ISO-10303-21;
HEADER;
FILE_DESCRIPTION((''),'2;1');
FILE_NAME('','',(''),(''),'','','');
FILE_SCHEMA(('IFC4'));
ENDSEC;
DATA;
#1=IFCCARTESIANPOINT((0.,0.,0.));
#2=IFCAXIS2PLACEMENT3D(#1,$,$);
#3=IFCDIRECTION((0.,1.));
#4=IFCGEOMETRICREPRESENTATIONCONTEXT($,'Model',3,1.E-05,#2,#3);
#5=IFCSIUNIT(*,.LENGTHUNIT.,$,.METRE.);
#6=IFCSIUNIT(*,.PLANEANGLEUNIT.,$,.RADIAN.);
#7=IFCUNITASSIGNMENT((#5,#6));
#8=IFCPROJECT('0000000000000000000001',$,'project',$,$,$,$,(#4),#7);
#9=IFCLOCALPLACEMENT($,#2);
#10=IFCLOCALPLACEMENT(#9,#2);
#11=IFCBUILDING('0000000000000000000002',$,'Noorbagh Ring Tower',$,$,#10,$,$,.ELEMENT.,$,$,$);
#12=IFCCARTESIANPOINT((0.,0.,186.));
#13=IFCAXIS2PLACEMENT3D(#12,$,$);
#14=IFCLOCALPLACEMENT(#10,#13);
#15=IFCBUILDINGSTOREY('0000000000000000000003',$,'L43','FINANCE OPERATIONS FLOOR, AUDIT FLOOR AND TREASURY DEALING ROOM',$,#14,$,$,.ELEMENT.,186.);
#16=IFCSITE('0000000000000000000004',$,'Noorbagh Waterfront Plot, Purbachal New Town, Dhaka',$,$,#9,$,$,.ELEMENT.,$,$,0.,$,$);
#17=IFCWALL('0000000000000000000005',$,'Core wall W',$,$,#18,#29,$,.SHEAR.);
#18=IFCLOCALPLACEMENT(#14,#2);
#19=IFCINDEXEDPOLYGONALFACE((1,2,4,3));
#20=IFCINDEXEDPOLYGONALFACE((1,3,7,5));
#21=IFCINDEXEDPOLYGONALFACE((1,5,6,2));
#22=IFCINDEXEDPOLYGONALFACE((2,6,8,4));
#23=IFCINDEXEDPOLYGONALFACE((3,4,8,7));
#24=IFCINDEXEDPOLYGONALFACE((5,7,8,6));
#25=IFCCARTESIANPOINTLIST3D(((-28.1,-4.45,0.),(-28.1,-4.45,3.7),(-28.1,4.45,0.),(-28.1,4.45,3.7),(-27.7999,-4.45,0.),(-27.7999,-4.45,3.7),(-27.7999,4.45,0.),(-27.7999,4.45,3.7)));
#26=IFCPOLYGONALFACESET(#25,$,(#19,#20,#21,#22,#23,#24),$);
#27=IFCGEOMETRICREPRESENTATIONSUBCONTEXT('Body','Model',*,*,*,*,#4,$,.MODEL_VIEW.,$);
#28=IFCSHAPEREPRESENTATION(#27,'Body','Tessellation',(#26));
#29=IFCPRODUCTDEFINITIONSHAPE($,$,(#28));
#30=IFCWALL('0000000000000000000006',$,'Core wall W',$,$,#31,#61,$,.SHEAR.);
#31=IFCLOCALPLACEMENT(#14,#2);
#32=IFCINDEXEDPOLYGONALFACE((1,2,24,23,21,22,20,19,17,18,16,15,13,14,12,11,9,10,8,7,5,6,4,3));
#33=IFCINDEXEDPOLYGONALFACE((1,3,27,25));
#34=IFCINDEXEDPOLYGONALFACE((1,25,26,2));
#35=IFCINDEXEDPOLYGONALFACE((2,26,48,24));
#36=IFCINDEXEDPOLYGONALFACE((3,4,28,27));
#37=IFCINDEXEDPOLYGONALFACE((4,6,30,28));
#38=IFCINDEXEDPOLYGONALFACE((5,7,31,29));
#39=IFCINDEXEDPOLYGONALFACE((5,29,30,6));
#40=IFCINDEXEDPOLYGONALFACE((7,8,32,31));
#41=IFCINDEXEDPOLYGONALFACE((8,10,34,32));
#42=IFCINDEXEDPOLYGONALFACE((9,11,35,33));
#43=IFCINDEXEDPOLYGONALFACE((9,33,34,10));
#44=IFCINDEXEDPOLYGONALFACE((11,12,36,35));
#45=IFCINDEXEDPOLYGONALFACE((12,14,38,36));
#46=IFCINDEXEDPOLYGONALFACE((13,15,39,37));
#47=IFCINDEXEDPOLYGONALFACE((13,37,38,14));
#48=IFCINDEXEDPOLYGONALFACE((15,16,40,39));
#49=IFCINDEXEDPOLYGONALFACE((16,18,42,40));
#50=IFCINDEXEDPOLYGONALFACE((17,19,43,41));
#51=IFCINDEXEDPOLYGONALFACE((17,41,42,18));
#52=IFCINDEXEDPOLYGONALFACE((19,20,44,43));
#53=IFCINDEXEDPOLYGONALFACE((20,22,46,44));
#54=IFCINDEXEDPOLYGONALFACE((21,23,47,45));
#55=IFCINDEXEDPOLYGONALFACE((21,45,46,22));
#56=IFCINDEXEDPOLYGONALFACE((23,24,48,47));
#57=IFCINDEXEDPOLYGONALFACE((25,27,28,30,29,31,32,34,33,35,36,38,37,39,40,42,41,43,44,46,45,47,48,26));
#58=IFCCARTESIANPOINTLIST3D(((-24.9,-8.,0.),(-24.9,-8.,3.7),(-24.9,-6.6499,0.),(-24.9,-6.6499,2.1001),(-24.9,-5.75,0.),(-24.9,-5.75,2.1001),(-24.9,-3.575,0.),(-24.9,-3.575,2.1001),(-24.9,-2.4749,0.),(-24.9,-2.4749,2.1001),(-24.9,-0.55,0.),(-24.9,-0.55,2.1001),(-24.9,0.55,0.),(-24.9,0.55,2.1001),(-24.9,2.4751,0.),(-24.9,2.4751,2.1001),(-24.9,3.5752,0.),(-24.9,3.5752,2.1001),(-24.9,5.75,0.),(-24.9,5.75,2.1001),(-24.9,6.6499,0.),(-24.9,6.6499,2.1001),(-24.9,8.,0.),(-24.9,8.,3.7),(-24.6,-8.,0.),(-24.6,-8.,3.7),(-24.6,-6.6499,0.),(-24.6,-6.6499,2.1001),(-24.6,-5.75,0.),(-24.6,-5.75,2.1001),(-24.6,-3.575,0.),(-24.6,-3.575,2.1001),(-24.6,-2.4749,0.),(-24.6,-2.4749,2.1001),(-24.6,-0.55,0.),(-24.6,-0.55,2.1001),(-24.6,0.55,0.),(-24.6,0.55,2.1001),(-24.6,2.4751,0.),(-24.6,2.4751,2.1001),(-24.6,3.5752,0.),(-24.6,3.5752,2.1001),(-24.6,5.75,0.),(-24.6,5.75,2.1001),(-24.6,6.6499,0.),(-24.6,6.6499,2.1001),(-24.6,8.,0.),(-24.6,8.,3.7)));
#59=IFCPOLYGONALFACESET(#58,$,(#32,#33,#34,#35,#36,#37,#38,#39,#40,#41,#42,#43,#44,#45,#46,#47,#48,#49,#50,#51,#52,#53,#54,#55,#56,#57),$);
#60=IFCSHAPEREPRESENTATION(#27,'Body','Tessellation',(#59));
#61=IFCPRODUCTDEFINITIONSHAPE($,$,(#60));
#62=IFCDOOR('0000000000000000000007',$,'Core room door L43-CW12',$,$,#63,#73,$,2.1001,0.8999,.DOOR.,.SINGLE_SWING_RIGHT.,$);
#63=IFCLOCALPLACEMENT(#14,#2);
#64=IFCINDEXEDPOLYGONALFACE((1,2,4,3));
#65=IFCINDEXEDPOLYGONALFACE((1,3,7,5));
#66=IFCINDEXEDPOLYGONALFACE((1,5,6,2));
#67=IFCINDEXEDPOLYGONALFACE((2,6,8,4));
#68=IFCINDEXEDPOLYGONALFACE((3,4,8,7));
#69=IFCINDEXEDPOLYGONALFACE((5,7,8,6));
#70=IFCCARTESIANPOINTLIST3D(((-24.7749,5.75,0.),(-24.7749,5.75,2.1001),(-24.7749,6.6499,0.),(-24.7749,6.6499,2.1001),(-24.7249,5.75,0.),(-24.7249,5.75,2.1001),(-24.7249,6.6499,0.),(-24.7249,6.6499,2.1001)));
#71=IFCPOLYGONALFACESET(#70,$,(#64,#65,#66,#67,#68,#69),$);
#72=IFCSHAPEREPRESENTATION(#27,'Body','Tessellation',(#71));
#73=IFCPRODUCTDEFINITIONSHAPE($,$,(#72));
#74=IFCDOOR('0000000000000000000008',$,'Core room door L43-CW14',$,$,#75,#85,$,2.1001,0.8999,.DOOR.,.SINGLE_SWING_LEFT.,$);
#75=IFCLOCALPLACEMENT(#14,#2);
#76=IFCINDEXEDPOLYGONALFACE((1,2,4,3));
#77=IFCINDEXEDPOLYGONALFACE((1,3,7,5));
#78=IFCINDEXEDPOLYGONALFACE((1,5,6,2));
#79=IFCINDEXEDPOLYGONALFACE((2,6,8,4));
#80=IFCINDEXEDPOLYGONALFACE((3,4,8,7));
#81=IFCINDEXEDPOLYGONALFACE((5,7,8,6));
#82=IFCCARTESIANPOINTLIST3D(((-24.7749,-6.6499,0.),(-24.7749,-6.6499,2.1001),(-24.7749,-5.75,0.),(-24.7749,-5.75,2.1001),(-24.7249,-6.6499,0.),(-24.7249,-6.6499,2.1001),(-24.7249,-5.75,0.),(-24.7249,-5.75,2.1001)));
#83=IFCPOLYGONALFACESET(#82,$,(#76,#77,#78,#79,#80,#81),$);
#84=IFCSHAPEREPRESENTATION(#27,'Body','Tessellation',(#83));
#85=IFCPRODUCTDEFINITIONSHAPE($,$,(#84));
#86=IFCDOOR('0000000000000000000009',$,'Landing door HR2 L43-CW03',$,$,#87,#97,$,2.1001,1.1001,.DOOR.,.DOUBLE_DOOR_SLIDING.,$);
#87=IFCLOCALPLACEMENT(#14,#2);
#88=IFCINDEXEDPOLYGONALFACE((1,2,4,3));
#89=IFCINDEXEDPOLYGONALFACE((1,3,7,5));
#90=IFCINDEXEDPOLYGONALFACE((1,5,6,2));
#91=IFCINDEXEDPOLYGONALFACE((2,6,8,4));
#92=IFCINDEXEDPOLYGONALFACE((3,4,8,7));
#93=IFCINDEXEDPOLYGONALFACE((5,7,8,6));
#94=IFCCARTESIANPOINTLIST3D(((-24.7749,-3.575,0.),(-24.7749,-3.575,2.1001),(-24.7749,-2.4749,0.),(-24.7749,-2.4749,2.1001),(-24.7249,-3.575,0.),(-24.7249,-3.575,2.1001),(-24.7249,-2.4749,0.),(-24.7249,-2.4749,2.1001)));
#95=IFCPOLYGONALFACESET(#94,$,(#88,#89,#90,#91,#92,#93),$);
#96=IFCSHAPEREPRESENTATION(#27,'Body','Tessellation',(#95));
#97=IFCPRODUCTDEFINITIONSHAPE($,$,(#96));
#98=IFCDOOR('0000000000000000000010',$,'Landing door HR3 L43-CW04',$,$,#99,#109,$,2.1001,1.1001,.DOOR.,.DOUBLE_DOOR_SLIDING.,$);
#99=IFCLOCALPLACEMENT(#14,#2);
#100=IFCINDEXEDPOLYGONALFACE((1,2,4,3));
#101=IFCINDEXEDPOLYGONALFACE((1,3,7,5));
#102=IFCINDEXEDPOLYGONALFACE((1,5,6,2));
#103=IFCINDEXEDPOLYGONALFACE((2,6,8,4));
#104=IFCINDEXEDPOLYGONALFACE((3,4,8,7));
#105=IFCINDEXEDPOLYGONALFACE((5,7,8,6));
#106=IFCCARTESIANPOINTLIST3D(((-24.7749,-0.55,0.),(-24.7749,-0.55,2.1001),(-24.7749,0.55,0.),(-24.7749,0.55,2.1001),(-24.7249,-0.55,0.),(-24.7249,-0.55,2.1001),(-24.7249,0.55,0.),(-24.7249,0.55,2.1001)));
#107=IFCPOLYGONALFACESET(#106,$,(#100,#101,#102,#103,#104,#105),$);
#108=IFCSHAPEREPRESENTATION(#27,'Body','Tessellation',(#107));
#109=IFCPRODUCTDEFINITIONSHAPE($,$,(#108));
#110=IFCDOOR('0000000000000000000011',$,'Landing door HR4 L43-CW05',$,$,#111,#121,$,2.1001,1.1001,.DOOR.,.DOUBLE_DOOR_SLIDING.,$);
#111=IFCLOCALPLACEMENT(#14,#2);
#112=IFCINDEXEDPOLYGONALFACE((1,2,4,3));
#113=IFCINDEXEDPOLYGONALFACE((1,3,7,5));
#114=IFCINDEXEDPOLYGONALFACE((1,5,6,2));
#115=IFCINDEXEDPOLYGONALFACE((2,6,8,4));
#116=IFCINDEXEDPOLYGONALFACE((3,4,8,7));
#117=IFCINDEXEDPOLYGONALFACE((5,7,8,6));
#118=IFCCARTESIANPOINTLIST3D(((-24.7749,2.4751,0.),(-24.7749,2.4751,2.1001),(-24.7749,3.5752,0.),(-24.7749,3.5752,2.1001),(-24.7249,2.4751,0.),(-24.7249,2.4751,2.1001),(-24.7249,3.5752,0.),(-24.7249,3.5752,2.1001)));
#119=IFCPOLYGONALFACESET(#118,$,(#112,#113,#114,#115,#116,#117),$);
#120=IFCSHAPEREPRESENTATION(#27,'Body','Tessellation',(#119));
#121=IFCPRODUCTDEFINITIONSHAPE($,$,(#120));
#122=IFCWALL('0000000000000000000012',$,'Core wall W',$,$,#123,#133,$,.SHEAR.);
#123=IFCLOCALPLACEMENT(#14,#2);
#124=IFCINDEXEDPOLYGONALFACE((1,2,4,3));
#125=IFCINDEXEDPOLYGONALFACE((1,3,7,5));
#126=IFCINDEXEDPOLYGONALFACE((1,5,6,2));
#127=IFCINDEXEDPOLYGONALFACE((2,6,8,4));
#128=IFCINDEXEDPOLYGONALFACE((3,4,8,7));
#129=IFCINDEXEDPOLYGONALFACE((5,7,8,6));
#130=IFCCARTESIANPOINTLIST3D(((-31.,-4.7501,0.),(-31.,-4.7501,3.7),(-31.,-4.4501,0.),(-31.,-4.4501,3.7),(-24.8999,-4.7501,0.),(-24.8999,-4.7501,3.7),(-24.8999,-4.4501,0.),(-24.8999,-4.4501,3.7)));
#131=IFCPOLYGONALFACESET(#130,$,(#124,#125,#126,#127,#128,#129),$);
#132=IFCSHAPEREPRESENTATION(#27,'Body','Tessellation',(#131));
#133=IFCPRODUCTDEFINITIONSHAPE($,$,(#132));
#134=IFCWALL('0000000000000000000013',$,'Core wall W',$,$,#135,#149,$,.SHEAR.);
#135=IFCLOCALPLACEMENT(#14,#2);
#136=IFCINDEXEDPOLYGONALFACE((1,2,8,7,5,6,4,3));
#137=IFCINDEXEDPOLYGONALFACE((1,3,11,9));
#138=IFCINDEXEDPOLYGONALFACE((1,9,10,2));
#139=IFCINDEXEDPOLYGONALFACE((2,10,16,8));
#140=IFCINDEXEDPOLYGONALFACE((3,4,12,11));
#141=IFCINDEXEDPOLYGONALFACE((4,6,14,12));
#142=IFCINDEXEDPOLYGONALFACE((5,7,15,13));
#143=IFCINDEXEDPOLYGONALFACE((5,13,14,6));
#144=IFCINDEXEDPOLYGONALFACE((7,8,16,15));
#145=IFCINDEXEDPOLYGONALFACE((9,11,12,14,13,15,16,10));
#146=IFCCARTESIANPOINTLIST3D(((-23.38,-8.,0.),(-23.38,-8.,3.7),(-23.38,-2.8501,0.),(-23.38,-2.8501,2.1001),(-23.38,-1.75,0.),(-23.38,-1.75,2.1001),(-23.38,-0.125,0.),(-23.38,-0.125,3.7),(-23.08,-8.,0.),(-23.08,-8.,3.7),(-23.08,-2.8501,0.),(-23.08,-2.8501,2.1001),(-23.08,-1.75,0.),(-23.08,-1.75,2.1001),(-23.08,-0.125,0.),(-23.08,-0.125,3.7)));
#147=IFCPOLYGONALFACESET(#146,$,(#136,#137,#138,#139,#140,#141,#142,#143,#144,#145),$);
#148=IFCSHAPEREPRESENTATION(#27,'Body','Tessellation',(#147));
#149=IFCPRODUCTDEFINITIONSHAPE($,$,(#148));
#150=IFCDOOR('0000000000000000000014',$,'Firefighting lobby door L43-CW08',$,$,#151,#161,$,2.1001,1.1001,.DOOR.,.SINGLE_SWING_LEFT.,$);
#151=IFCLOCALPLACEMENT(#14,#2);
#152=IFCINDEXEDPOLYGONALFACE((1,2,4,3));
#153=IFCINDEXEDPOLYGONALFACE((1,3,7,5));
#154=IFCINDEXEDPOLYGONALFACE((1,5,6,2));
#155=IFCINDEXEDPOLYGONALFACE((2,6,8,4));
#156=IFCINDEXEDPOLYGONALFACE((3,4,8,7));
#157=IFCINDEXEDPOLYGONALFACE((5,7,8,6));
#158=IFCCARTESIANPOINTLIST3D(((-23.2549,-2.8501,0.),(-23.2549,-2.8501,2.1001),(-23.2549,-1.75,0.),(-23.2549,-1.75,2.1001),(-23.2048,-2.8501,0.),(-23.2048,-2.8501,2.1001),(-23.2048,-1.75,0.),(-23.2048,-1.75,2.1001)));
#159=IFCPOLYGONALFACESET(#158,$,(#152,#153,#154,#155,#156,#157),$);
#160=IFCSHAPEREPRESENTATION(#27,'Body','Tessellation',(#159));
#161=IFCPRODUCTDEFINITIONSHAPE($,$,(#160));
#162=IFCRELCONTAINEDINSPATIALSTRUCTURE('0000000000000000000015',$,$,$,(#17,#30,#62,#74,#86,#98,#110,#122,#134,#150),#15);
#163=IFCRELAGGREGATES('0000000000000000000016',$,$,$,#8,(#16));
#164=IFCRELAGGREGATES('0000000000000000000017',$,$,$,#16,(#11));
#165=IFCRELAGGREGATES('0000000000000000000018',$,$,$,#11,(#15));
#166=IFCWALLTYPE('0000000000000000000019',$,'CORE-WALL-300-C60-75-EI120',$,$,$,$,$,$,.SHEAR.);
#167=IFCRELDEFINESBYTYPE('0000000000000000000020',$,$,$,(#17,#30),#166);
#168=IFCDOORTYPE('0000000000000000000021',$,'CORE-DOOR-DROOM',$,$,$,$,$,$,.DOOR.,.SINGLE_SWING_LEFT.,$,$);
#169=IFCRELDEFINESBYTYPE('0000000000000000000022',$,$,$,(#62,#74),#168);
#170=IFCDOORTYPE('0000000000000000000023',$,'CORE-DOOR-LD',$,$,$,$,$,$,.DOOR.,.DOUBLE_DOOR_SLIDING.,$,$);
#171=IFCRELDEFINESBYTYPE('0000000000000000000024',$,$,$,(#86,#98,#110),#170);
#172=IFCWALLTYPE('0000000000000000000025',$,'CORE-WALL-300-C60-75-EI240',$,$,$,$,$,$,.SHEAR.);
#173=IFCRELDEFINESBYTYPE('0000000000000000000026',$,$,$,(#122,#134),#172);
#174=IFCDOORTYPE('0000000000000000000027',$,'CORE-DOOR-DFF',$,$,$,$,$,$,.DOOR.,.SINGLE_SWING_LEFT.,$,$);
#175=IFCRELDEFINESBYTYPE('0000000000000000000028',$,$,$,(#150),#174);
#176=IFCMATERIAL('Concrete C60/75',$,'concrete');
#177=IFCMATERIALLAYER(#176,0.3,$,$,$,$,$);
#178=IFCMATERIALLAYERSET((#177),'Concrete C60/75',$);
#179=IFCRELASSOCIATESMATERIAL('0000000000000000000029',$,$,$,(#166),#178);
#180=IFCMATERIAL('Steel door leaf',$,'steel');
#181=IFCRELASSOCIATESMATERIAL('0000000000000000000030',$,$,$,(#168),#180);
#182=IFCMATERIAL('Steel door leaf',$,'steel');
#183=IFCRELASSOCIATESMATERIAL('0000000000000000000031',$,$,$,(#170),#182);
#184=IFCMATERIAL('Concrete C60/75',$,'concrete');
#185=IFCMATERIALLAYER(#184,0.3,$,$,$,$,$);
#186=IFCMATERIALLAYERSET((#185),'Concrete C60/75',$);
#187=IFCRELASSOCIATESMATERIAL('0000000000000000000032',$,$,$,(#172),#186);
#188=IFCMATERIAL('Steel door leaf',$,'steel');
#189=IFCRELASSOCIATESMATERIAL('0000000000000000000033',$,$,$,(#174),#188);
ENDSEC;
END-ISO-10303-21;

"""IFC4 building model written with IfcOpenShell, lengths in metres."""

from ifc_helpers import new_model, si_unit, direction, frame, frame_2d, origin, place, context, subcontext, project, spatial, rectangle, extrude, material, layer, layer_set, type_object, element, fill, save


model = new_model("IFC4")

# Units and contexts
model_context = context("Model", 3, precision=1e-05, world=origin(), true_north=direction((0.0, 1.0)))
body_context = subcontext(model_context, "Body", "Model", "MODEL_VIEW")
ifc_project = project(units=[si_unit("LENGTHUNIT", "METRE"), si_unit("PLANEANGLEUNIT", "RADIAN")], contexts=[model_context])

# Site, building, storey
site_placement = place(None, origin())
site = spatial("IfcSite", under=ifc_project, at=site_placement, Name="Noorbagh Waterfront Plot, Purbachal New Town, Dhaka", CompositionType="ELEMENT", RefElevation=0.0)
building_placement = place(site_placement, origin())
building = spatial("IfcBuilding", under=site, at=building_placement, Name="Noorbagh Ring Tower", CompositionType="ELEMENT")
storey_placement = place(building_placement, frame((0.0, 0.0, 186.0)))
storey = spatial("IfcBuildingStorey", under=building, at=storey_placement, Name="L43", Description="FINANCE OPERATIONS FLOOR, AUDIT FLOOR AND TREASURY DEALING ROOM", CompositionType="ELEMENT", Elevation=186.0)

# Wall
ifc_material_1 = material(Name="Concrete C60/75", Category="concrete")
ifc_layer_1 = layer(ifc_material_1, 0.3)
ifc_layer_set_1 = layer_set([ifc_layer_1], Name="Concrete C60/75")
wall_type_1 = type_object("IfcWallType", Name="CORE-WALL-300-C60-75-EI120", PredefinedType="SHEAR", material=ifc_layer_set_1)
wall_1_placement = place(storey_placement, frame((-27.95, -4.45, 0.0), z_axis=(0.0, 0.0, 1.0), x_axis=(0.0, 1.0, 0.0)))
element("IfcWall", 1, at=wall_1_placement, inside=storey, type_object=wall_type_1, Name="Core wall W", PredefinedType="SHEAR", context=body_context, shape_type="SweptSolid", body=[
    extrude(rectangle(XDim=8.8999, YDim=0.3, at=frame_2d((4.45, 0.0))), origin(), (0.0, 0.0, 1.0), 3.7),
])

# Wall, openings, doors
wall_2_placement = place(storey_placement, frame((-24.75, -8.0, 0.0), z_axis=(0.0, 0.0, 1.0), x_axis=(0.0, 1.0, 0.0)))
wall_2 = element("IfcWall", 2, at=wall_2_placement, inside=storey, type_object=wall_type_1, Name="Core wall W", PredefinedType="SHEAR", context=body_context, shape_type="SweptSolid", body=[
    extrude(rectangle(XDim=16.0, YDim=0.3, at=frame_2d((8.0, 0.0))), origin(), (0.0, 0.0, 1.0), 3.7),
])
opening_1_placement = place(wall_2_placement, frame((4.425, 0.0, 0.0)))
opening_1 = element("IfcOpeningElement", 3, at=opening_1_placement, cuts=wall_2, PredefinedType="OPENING", context=body_context, shape_type="SweptSolid", body=[
    extrude(rectangle(XDim=1.1001, YDim=2.1001, at=frame_2d((0.55, 1.05))), frame((0.0, 0.1602, 0.0), z_axis=(0.0, -1.0, 0.0), x_axis=(1.0, 0.0, 0.0)), (0.0, 0.0, 1.0), 0.3201),
])
opening_2_placement = place(wall_2_placement, frame((7.45, 0.0, 0.0)))
opening_2 = element("IfcOpeningElement", 4, at=opening_2_placement, cuts=wall_2, PredefinedType="OPENING", context=body_context, shape_type="SweptSolid", body=[
    extrude(rectangle(XDim=1.1001, YDim=2.1001, at=frame_2d((0.55, 1.05))), frame((0.0, 0.1602, 0.0), z_axis=(0.0, -1.0, 0.0), x_axis=(1.0, 0.0, 0.0)), (0.0, 0.0, 1.0), 0.3201),
])
opening_3_placement = place(wall_2_placement, frame((10.4751, 0.0, 0.0)))
opening_3 = element("IfcOpeningElement", 5, at=opening_3_placement, cuts=wall_2, PredefinedType="OPENING", context=body_context, shape_type="SweptSolid", body=[
    extrude(rectangle(XDim=1.1001, YDim=2.1001, at=frame_2d((0.55, 1.05))), frame((0.0, 0.1602, 0.0), z_axis=(0.0, -1.0, 0.0), x_axis=(1.0, 0.0, 0.0)), (0.0, 0.0, 1.0), 0.3201),
])
opening_4_placement = place(wall_2_placement, frame((13.75, 0.0, 0.0)))
opening_4 = element("IfcOpeningElement", 6, at=opening_4_placement, cuts=wall_2, PredefinedType="OPENING", context=body_context, shape_type="SweptSolid", body=[
    extrude(rectangle(XDim=0.8999, YDim=2.1001, at=frame_2d((0.45, 1.05))), frame((0.0, 0.1602, 0.0), z_axis=(0.0, -1.0, 0.0), x_axis=(1.0, 0.0, 0.0)), (0.0, 0.0, 1.0), 0.3201),
])
opening_5_placement = place(wall_2_placement, frame((1.3501, 0.0, 0.0)))
opening_5 = element("IfcOpeningElement", 7, at=opening_5_placement, cuts=wall_2, PredefinedType="OPENING", context=body_context, shape_type="SweptSolid", body=[
    extrude(rectangle(XDim=0.8999, YDim=2.1001, at=frame_2d((0.45, 1.05))), frame((0.0, 0.1602, 0.0), z_axis=(0.0, -1.0, 0.0), x_axis=(1.0, 0.0, 0.0)), (0.0, 0.0, 1.0), 0.3201),
])
ifc_material_2 = material(Name="Steel door leaf", Category="steel")
door_type_1 = type_object("IfcDoorType", Name="CORE-DOOR-DROOM", OperationType="SINGLE_SWING_LEFT", PredefinedType="DOOR", material=ifc_material_2)
door_1_placement = place(opening_4_placement, origin())
door_1 = element("IfcDoor", 8, at=door_1_placement, inside=storey, type_object=door_type_1, Name="Core room door L43-CW12", OperationType="SINGLE_SWING_RIGHT", OverallHeight=2.1001, OverallWidth=0.8999, PredefinedType="DOOR", context=body_context, shape_type="SweptSolid", body=[
    extrude(rectangle(XDim=0.8999, YDim=2.1001, at=frame_2d((0.45, 1.05))), frame((0.0, 0.0249, 0.0), z_axis=(0.0, -1.0, 0.0), x_axis=(1.0, 0.0, 0.0)), (0.0, 0.0, 1.0), 0.05),
])
fill(opening_4, door_1)
door_2_placement = place(opening_5_placement, origin())
door_2 = element("IfcDoor", 9, at=door_2_placement, inside=storey, type_object=door_type_1, Name="Core room door L43-CW14", OperationType="SINGLE_SWING_LEFT", OverallHeight=2.1001, OverallWidth=0.8999, PredefinedType="DOOR", context=body_context, shape_type="SweptSolid", body=[
    extrude(rectangle(XDim=0.8999, YDim=2.1001, at=frame_2d((0.45, 1.05))), frame((0.0, 0.0249, 0.0), z_axis=(0.0, -1.0, 0.0), x_axis=(1.0, 0.0, 0.0)), (0.0, 0.0, 1.0), 0.05),
])
fill(opening_5, door_2)
ifc_material_3 = material(Name="Steel door leaf", Category="steel")
door_type_2 = type_object("IfcDoorType", Name="CORE-DOOR-LD", OperationType="DOUBLE_DOOR_SLIDING", PredefinedType="DOOR", material=ifc_material_3)
door_3_placement = place(opening_1_placement, origin())
door_3 = element("IfcDoor", 10, at=door_3_placement, inside=storey, type_object=door_type_2, Name="Landing door HR2 L43-CW03", OperationType="DOUBLE_DOOR_SLIDING", OverallHeight=2.1001, OverallWidth=1.1001, PredefinedType="DOOR", context=body_context, shape_type="SweptSolid", body=[
    extrude(rectangle(XDim=1.1001, YDim=2.1001, at=frame_2d((0.55, 1.05))), frame((0.0, 0.0249, 0.0), z_axis=(0.0, -1.0, 0.0), x_axis=(1.0, 0.0, 0.0)), (0.0, 0.0, 1.0), 0.05),
])
fill(opening_1, door_3)
door_4_placement = place(opening_2_placement, origin())
door_4 = element("IfcDoor", 11, at=door_4_placement, inside=storey, type_object=door_type_2, Name="Landing door HR3 L43-CW04", OperationType="DOUBLE_DOOR_SLIDING", OverallHeight=2.1001, OverallWidth=1.1001, PredefinedType="DOOR", context=body_context, shape_type="SweptSolid", body=[
    extrude(rectangle(XDim=1.1001, YDim=2.1001, at=frame_2d((0.55, 1.05))), frame((0.0, 0.0249, 0.0), z_axis=(0.0, -1.0, 0.0), x_axis=(1.0, 0.0, 0.0)), (0.0, 0.0, 1.0), 0.05),
])
fill(opening_2, door_4)
door_5_placement = place(opening_3_placement, origin())
door_5 = element("IfcDoor", 12, at=door_5_placement, inside=storey, type_object=door_type_2, Name="Landing door HR4 L43-CW05", OperationType="DOUBLE_DOOR_SLIDING", OverallHeight=2.1001, OverallWidth=1.1001, PredefinedType="DOOR", context=body_context, shape_type="SweptSolid", body=[
    extrude(rectangle(XDim=1.1001, YDim=2.1001, at=frame_2d((0.55, 1.05))), frame((0.0, 0.0249, 0.0), z_axis=(0.0, -1.0, 0.0), x_axis=(1.0, 0.0, 0.0)), (0.0, 0.0, 1.0), 0.05),
])
fill(opening_3, door_5)

# Wall
ifc_material_4 = material(Name="Concrete C60/75", Category="concrete")
ifc_layer_2 = layer(ifc_material_4, 0.3)
ifc_layer_set_2 = layer_set([ifc_layer_2], Name="Concrete C60/75")
wall_type_2 = type_object("IfcWallType", Name="CORE-WALL-300-C60-75-EI240", PredefinedType="SHEAR", material=ifc_layer_set_2)
wall_3_placement = place(storey_placement, frame((-24.8999, -4.6001, 0.0), z_axis=(0.0, 0.0, 1.0), x_axis=(-1.0, 0.0, 0.0)))
element("IfcWall", 13, at=wall_3_placement, inside=storey, type_object=wall_type_2, Name="Core wall W", PredefinedType="SHEAR", context=body_context, shape_type="SweptSolid", body=[
    extrude(rectangle(XDim=6.1001, YDim=0.3, at=frame_2d((3.05, 0.0))), origin(), (0.0, 0.0, 1.0), 3.7),
])

# Wall, opening, door
wall_4_placement = place(storey_placement, frame((-23.23, -8.0, 0.0), z_axis=(0.0, 0.0, 1.0), x_axis=(0.0, 1.0, 0.0)))
wall_4 = element("IfcWall", 14, at=wall_4_placement, inside=storey, type_object=wall_type_2, Name="Core wall W", PredefinedType="SHEAR", context=body_context, shape_type="SweptSolid", body=[
    extrude(rectangle(XDim=7.875, YDim=0.3, at=frame_2d((3.9375, 0.0))), origin(), (0.0, 0.0, 1.0), 3.7),
])
opening_6_placement = place(wall_4_placement, frame((5.1499, 0.0, 0.0)))
opening_6 = element("IfcOpeningElement", 15, at=opening_6_placement, cuts=wall_4, PredefinedType="OPENING", context=body_context, shape_type="SweptSolid", body=[
    extrude(rectangle(XDim=1.1001, YDim=2.1001, at=frame_2d((0.55, 1.05))), frame((0.0, 0.1602, 0.0), z_axis=(0.0, -1.0, 0.0), x_axis=(1.0, 0.0, 0.0)), (0.0, 0.0, 1.0), 0.3201),
])
ifc_material_5 = material(Name="Steel door leaf", Category="steel")
door_type_3 = type_object("IfcDoorType", Name="CORE-DOOR-DFF", OperationType="SINGLE_SWING_LEFT", PredefinedType="DOOR", material=ifc_material_5)
door_6_placement = place(opening_6_placement, origin())
door_6 = element("IfcDoor", 16, at=door_6_placement, inside=storey, type_object=door_type_3, Name="Firefighting lobby door L43-CW08", OperationType="SINGLE_SWING_LEFT", OverallHeight=2.1001, OverallWidth=1.1001, PredefinedType="DOOR", context=body_context, shape_type="SweptSolid", body=[
    extrude(rectangle(XDim=1.1001, YDim=2.1001, at=frame_2d((0.55, 1.05))), frame((0.0, 0.0249, 0.0), z_axis=(0.0, -1.0, 0.0), x_axis=(1.0, 0.0, 0.0)), (0.0, 0.0, 1.0), 0.05),
])
fill(opening_6, door_6)

save(model, "model.ifc")
